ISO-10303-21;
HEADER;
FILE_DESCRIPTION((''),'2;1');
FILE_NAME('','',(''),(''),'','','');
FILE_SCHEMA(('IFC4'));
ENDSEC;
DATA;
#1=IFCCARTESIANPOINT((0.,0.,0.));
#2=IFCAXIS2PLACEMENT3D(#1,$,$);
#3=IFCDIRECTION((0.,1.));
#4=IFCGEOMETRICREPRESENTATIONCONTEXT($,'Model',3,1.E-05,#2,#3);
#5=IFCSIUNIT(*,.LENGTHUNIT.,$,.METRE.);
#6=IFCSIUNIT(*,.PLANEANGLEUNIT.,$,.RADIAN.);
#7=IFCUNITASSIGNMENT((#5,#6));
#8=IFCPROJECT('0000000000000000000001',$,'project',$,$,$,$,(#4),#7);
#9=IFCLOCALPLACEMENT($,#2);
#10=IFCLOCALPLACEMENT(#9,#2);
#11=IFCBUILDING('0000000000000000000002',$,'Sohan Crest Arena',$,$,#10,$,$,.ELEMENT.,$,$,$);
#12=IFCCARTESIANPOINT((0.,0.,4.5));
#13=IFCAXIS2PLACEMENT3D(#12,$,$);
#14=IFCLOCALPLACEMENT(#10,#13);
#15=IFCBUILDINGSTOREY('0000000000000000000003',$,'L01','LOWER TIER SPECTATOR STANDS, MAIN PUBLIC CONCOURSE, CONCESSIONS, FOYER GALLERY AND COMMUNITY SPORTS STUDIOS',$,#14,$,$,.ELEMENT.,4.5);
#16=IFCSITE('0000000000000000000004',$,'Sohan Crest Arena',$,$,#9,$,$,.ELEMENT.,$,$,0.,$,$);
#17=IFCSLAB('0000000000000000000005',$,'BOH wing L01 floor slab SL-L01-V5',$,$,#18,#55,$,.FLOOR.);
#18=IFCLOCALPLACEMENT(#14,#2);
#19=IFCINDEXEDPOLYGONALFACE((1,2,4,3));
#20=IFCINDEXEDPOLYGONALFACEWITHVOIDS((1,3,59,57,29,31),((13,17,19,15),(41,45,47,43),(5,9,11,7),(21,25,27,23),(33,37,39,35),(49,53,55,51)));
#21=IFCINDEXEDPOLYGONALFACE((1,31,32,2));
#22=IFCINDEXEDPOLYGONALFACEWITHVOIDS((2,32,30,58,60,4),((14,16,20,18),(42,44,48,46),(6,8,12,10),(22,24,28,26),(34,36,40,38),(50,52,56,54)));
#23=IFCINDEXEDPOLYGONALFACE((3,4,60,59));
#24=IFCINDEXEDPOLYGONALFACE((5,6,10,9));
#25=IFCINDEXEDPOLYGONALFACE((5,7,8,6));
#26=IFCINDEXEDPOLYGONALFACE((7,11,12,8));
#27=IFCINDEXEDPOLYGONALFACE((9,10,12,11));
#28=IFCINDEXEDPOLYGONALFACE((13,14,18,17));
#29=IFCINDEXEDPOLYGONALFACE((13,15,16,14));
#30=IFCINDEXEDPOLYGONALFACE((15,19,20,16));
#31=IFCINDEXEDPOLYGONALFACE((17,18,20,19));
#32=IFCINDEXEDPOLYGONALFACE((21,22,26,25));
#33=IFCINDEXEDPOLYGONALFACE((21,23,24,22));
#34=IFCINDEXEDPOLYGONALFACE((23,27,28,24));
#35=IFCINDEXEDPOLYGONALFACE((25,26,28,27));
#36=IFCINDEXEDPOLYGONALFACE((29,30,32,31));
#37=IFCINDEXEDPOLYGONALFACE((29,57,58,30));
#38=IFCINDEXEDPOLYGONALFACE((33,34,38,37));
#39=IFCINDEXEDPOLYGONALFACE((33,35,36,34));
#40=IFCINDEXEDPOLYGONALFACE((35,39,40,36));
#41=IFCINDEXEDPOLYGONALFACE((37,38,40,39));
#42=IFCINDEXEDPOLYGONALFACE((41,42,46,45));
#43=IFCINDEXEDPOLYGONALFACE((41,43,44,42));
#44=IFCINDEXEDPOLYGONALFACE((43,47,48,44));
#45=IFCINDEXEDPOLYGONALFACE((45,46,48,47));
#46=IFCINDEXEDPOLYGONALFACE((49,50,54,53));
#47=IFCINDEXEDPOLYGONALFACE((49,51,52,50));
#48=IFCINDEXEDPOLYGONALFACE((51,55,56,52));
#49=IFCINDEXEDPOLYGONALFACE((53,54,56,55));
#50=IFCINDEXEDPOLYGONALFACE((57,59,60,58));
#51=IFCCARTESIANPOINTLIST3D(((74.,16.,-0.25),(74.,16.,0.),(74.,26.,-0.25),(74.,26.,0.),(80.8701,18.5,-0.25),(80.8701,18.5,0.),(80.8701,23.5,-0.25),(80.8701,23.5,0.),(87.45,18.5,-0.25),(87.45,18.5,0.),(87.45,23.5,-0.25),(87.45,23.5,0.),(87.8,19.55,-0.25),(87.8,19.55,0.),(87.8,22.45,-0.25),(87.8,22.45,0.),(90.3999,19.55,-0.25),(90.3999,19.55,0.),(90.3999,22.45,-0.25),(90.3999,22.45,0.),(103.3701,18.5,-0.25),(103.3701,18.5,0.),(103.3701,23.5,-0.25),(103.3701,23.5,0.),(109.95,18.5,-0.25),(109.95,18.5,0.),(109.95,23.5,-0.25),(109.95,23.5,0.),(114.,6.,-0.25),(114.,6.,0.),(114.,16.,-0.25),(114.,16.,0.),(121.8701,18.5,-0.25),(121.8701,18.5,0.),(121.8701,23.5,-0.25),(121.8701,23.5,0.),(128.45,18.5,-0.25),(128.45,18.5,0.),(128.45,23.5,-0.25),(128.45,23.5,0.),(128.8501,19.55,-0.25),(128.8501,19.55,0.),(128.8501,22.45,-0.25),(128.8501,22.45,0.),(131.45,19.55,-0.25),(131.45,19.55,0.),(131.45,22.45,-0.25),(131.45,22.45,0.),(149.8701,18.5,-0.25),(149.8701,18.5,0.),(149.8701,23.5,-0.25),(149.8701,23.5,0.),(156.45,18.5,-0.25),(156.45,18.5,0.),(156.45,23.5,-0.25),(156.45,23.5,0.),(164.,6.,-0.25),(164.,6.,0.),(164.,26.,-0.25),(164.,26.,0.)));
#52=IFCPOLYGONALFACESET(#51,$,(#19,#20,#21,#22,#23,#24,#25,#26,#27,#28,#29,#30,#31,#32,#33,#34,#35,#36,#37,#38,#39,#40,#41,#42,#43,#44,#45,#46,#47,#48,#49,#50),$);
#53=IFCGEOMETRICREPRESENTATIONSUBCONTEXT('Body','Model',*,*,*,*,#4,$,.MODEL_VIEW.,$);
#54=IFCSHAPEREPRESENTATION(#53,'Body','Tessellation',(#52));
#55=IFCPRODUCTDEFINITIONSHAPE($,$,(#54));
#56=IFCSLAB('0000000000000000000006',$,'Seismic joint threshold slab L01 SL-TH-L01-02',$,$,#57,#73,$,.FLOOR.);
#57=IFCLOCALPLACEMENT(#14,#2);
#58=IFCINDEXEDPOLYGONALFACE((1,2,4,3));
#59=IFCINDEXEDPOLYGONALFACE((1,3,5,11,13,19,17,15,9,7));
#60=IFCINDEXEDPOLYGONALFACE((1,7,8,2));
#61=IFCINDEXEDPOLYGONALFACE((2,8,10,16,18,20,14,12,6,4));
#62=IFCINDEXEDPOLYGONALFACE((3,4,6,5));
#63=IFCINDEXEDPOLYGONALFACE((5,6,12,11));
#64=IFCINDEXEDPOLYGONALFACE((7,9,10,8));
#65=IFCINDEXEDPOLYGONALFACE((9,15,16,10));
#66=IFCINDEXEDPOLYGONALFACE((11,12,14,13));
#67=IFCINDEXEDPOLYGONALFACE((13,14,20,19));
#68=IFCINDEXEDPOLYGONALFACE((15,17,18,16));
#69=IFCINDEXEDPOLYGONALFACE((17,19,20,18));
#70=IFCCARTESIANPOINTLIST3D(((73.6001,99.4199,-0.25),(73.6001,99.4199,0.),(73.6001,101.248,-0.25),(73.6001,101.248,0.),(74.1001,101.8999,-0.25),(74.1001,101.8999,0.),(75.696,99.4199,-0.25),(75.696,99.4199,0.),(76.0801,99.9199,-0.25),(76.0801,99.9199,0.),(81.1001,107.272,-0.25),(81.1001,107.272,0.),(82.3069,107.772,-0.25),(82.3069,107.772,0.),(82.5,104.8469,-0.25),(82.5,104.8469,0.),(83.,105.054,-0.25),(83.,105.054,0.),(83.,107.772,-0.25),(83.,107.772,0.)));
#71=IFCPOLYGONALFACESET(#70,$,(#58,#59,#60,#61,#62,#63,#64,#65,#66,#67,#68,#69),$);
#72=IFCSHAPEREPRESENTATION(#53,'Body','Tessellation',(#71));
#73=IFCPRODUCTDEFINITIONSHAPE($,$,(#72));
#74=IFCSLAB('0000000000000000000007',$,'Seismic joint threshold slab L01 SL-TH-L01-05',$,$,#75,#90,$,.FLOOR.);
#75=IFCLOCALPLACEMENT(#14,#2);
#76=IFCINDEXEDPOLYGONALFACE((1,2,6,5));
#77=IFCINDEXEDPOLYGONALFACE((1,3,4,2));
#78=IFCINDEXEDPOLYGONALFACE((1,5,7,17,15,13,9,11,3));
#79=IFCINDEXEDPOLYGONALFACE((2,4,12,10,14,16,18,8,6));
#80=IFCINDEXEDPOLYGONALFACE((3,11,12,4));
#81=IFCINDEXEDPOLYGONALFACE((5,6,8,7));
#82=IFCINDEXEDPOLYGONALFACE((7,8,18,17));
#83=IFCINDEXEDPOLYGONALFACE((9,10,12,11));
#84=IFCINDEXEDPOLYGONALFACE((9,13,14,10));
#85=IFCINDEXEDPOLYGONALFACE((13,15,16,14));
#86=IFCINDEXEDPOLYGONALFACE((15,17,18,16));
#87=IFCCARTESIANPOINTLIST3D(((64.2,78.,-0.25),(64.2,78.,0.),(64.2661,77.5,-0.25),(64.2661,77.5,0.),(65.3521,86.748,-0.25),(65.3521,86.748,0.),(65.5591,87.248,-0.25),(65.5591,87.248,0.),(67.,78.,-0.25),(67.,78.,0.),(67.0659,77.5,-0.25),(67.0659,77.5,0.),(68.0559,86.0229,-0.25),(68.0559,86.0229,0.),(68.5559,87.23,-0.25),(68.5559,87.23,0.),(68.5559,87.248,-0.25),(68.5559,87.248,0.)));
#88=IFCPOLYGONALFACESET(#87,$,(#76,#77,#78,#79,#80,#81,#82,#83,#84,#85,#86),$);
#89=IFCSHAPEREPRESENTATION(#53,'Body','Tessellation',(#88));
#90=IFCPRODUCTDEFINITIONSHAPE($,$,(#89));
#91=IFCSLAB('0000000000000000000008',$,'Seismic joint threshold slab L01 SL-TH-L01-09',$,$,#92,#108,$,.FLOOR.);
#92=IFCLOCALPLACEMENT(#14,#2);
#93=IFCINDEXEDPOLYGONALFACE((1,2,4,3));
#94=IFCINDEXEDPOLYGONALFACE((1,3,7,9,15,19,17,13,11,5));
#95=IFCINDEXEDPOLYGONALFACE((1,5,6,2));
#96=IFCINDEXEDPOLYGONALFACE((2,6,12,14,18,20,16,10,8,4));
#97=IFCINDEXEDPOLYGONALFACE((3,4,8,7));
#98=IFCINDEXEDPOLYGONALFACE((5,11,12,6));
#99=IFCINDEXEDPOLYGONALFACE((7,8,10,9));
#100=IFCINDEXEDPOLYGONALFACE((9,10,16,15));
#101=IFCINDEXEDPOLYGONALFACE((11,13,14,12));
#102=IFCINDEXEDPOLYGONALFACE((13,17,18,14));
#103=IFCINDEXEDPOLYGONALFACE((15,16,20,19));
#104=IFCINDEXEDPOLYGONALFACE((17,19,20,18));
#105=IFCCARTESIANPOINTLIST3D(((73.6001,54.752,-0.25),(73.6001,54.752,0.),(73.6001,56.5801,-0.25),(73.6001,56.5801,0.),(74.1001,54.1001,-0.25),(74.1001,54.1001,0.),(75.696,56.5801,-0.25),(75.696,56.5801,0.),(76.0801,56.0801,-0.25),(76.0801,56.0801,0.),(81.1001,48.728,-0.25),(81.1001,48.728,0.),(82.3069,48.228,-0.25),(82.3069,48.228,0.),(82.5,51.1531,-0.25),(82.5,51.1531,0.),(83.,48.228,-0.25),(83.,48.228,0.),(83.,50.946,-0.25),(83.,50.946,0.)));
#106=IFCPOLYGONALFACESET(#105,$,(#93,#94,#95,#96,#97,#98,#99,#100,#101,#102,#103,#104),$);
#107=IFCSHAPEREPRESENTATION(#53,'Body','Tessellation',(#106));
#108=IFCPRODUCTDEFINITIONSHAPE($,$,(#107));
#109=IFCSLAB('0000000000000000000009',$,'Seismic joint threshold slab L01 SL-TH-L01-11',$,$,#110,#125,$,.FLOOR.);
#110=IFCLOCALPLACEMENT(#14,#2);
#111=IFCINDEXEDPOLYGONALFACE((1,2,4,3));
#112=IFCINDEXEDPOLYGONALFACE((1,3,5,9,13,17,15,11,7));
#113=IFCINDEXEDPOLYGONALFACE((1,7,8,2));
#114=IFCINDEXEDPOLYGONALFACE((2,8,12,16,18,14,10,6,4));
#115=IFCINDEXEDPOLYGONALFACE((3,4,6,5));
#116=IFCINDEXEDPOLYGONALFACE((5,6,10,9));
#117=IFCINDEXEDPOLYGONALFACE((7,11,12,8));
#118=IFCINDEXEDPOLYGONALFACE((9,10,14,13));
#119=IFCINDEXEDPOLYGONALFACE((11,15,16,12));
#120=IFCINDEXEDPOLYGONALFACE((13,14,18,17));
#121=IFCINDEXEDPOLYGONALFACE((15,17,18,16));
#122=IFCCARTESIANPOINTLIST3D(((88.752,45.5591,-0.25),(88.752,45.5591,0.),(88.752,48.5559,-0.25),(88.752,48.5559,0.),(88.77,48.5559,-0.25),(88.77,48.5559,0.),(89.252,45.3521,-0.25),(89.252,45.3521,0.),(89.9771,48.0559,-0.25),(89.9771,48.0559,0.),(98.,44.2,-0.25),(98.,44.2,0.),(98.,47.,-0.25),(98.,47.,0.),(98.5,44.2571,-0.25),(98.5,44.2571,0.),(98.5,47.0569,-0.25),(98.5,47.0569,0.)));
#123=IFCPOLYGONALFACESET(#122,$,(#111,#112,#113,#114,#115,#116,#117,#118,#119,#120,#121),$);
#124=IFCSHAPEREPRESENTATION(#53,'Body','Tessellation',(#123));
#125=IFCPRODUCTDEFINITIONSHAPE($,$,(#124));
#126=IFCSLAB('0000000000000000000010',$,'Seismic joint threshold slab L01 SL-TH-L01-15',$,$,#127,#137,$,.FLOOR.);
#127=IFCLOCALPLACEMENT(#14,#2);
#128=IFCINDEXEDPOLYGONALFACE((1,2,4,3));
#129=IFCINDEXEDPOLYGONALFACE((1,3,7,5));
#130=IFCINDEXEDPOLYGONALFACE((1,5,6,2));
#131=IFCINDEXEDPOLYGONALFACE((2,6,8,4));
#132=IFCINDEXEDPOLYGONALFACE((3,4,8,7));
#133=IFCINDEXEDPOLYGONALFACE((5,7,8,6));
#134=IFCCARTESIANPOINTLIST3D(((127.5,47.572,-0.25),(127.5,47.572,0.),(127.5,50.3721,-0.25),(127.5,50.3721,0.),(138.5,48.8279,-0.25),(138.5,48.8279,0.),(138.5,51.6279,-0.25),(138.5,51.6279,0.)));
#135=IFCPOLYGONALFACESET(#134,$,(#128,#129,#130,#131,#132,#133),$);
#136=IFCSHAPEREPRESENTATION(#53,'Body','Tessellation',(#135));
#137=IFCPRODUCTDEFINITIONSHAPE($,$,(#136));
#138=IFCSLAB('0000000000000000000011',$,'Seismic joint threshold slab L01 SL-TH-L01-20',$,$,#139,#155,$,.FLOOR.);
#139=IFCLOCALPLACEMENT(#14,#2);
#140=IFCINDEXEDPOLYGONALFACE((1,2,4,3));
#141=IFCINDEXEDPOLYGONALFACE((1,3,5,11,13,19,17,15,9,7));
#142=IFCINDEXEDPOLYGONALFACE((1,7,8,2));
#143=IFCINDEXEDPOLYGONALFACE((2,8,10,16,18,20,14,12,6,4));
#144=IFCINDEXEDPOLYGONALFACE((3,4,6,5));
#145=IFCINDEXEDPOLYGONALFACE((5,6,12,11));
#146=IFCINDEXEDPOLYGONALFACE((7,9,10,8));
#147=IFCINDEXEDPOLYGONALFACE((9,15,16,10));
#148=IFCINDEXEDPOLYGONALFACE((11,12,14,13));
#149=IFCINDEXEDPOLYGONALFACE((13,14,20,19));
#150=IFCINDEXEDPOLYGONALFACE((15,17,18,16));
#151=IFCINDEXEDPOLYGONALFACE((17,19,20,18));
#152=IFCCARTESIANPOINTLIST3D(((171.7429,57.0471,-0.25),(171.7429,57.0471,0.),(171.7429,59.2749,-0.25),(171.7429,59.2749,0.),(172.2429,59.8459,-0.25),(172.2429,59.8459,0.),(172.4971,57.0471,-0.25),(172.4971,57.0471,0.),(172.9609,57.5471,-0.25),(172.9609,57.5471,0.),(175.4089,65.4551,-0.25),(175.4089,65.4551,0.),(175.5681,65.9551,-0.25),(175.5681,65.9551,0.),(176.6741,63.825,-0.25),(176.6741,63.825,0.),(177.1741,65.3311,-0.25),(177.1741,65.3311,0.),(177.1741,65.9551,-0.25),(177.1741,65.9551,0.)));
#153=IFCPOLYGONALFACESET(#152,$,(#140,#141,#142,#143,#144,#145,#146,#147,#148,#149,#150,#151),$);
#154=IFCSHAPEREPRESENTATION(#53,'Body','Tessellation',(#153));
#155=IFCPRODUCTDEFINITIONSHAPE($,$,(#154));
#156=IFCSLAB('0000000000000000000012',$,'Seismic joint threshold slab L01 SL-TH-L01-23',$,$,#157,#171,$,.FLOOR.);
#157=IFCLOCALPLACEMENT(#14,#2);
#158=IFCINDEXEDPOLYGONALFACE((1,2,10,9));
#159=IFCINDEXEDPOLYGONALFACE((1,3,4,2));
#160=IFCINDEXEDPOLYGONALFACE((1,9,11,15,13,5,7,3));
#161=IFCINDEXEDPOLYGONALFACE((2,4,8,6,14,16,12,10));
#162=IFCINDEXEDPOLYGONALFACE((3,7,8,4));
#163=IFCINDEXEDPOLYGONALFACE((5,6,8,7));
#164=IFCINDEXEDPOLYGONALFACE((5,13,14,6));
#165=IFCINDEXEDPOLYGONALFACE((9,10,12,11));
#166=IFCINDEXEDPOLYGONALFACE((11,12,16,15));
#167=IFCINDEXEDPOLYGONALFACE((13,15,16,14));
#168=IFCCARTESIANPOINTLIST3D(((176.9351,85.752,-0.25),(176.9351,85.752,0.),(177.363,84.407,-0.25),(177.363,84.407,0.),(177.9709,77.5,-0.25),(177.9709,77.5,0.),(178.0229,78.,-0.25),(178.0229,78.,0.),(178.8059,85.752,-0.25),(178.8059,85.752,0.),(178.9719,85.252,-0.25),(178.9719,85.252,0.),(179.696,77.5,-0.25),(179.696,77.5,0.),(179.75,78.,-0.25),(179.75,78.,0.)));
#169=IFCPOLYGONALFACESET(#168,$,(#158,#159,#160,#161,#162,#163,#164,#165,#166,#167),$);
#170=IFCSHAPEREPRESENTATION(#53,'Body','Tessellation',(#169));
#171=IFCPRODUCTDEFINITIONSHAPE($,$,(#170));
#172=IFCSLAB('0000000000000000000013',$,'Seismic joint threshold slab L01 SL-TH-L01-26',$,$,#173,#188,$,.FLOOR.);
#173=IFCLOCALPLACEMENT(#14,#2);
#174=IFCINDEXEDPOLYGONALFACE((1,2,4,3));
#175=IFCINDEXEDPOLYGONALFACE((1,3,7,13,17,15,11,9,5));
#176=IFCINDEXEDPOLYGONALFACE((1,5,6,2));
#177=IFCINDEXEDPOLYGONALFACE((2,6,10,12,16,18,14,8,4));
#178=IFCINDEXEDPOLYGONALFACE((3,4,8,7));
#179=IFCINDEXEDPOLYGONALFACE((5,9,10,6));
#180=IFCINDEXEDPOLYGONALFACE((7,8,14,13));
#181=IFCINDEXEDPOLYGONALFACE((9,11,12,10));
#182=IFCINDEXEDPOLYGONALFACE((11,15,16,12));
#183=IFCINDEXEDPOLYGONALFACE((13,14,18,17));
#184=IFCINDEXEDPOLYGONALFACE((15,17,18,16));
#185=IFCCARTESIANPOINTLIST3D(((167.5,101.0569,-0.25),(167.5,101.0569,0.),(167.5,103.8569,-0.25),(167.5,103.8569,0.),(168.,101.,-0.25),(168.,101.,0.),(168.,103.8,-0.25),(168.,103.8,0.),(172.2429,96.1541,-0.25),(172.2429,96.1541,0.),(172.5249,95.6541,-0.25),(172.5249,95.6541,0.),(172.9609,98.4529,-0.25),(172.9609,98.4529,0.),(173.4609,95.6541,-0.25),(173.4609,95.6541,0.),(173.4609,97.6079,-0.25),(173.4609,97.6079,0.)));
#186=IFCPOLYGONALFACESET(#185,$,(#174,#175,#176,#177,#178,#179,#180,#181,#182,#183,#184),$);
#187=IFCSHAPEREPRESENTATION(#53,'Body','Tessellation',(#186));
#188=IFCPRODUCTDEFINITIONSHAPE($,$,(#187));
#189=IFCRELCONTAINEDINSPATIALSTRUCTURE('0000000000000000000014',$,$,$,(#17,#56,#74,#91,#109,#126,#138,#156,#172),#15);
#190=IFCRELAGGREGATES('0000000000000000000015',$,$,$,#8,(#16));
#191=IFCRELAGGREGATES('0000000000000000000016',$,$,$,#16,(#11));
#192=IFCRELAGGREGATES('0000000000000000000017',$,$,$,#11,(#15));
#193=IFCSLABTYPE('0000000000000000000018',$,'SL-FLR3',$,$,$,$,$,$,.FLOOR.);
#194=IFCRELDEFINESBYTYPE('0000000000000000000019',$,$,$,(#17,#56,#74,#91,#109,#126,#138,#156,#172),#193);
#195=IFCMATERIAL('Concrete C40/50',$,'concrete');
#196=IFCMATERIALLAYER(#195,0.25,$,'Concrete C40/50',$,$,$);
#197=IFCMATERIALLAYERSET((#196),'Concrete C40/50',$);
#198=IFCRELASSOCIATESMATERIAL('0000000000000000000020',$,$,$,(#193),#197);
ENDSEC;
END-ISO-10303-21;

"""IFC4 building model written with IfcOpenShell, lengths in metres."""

from ifc_helpers import new_model, si_unit, direction, frame, origin, place, context, subcontext, project, spatial, polyline, outline, extrude, material, layer, layer_set, type_object, element, save


model = new_model("IFC4")

# Units and contexts
model_context = context("Model", 3, precision=1e-05, world=origin(), true_north=direction((0.0, 1.0)))
body_context = subcontext(model_context, "Body", "Model", "MODEL_VIEW")
ifc_project = project(units=[si_unit("LENGTHUNIT", "METRE"), si_unit("PLANEANGLEUNIT", "RADIAN")], contexts=[model_context])

# Site, building, storey
site_placement = place(None, origin())
site = spatial("IfcSite", under=ifc_project, at=site_placement, Name="Sohan Crest Arena", CompositionType="ELEMENT", RefElevation=0.0)
building_placement = place(site_placement, origin())
building = spatial("IfcBuilding", under=site, at=building_placement, Name="Sohan Crest Arena", CompositionType="ELEMENT")
storey_placement = place(building_placement, frame((0.0, 0.0, 4.5)))
storey = spatial("IfcBuildingStorey", under=building, at=storey_placement, Name="L01", Description="LOWER TIER SPECTATOR STANDS, MAIN PUBLIC CONCOURSE, CONCESSIONS, FOYER GALLERY AND COMMUNITY SPORTS STUDIOS", CompositionType="ELEMENT", Elevation=4.5)

# Slabs
ifc_material_1 = material(Name="Concrete C40/50", Category="concrete")
ifc_layer_1 = layer(ifc_material_1, 0.25, Name="Concrete C40/50")
ifc_layer_set_1 = layer_set([ifc_layer_1], Name="Concrete C40/50")
slab_type_1 = type_object("IfcSlabType", Name="SL-FLR3", PredefinedType="FLOOR", material=ifc_layer_set_1)
slab_1_placement = place(storey_placement, frame((0.0, 0.0, -0.25)))
element("IfcSlab", 1, at=slab_1_placement, inside=storey, type_object=slab_type_1, Name="BOH wing L01 floor slab SL-L01-V5", PredefinedType="FLOOR", context=body_context, shape_type="SweptSolid", body=[
    extrude(outline(polyline([(74.0, 16.0), (74.0, 26.0), (164.0, 26.0), (164.0, 6.0), (114.0, 6.0), (114.0, 16.0), (74.0, 16.0)]), holes=[polyline([(149.8701, 23.5), (149.8701, 18.5), (156.45, 18.5), (156.45, 23.5), (149.8701, 23.5)]), polyline([(109.95, 23.5), (103.3701, 23.5), (103.3701, 18.5), (109.95, 18.5), (109.95, 23.5)]), polyline([(87.45, 18.5), (87.45, 23.5), (80.8701, 23.5), (80.8701, 18.5), (87.45, 18.5)]), polyline([(87.8, 19.55), (90.3999, 19.55), (90.3999, 22.45), (87.8, 22.45), (87.8, 19.55)]), polyline([(121.8701, 23.5), (121.8701, 18.5), (128.45, 18.5), (128.45, 23.5), (121.8701, 23.5)]), polyline([(131.45, 22.45), (128.8501, 22.45), (128.8501, 19.55), (131.45, 19.55), (131.45, 22.45)])]), origin(), (0.0, 0.0, 1.0), 0.25),
])
slab_2_placement = place(storey_placement, frame((0.0, 0.0, -0.25)))
element("IfcSlab", 2, at=slab_2_placement, inside=storey, type_object=slab_type_1, Name="Seismic joint threshold slab L01 SL-TH-L01-02", PredefinedType="FLOOR", context=body_context, shape_type="SweptSolid", body=[
    extrude(outline(polyline([(74.1001, 101.8999), (81.1001, 107.272), (82.3069, 107.772), (83.0, 107.772), (83.0, 105.054), (82.5, 104.8469), (76.0801, 99.9199), (75.696, 99.4199), (73.6001, 99.4199), (73.6001, 101.248), (74.1001, 101.8999)])), origin(), (0.0, 0.0, 1.0), 0.25),
])
slab_3_placement = place(storey_placement, frame((0.0, 0.0, -0.25)))
element("IfcSlab", 3, at=slab_3_placement, inside=storey, type_object=slab_type_1, Name="Seismic joint threshold slab L01 SL-TH-L01-05", PredefinedType="FLOOR", context=body_context, shape_type="SweptSolid", body=[
    extrude(outline(polyline([(64.2, 78.0), (65.3521, 86.748), (65.5591, 87.248), (68.5559, 87.248), (68.5559, 87.23), (68.0559, 86.0229), (67.0, 78.0), (67.0659, 77.5), (64.2661, 77.5), (64.2, 78.0)])), origin(), (0.0, 0.0, 1.0), 0.25),
])
slab_4_placement = place(storey_placement, frame((0.0, 0.0, -0.25)))
element("IfcSlab", 4, at=slab_4_placement, inside=storey, type_object=slab_type_1, Name="Seismic joint threshold slab L01 SL-TH-L01-09", PredefinedType="FLOOR", context=body_context, shape_type="SweptSolid", body=[
    extrude(outline(polyline([(81.1001, 48.728), (74.1001, 54.1001), (73.6001, 54.752), (73.6001, 56.5801), (75.696, 56.5801), (76.0801, 56.0801), (82.5, 51.1531), (83.0, 50.946), (83.0, 48.228), (82.3069, 48.228), (81.1001, 48.728)])), origin(), (0.0, 0.0, 1.0), 0.25),
])
slab_5_placement = place(storey_placement, frame((0.0, 0.0, -0.25)))
element("IfcSlab", 5, at=slab_5_placement, inside=storey, type_object=slab_type_1, Name="Seismic joint threshold slab L01 SL-TH-L01-11", PredefinedType="FLOOR", context=body_context, shape_type="SweptSolid", body=[
    extrude(outline(polyline([(98.0, 44.2), (89.252, 45.3521), (88.752, 45.5591), (88.752, 48.5559), (88.77, 48.5559), (89.9771, 48.0559), (98.0, 47.0), (98.5, 47.0569), (98.5, 44.2571), (98.0, 44.2)])), origin(), (0.0, 0.0, 1.0), 0.25),
])
slab_6_placement = place(storey_placement, frame((0.0, 0.0, -0.25)))
element("IfcSlab", 6, at=slab_6_placement, inside=storey, type_object=slab_type_1, Name="Seismic joint threshold slab L01 SL-TH-L01-15", PredefinedType="FLOOR", context=body_context, shape_type="SweptSolid", body=[
    extrude(outline(polyline([(138.5, 48.8279), (127.5, 47.572), (127.5, 50.3721), (138.5, 51.6279), (138.5, 48.8279)])), origin(), (0.0, 0.0, 1.0), 0.25),
])
slab_7_placement = place(storey_placement, frame((0.0, 0.0, -0.25)))
element("IfcSlab", 7, at=slab_7_placement, inside=storey, type_object=slab_type_1, Name="Seismic joint threshold slab L01 SL-TH-L01-20", PredefinedType="FLOOR", context=body_context, shape_type="SweptSolid", body=[
    extrude(outline(polyline([(176.6741, 63.825), (172.9609, 57.5471), (172.4971, 57.0471), (171.7429, 57.0471), (171.7429, 59.2749), (172.2429, 59.8459), (175.4089, 65.4551), (175.5681, 65.9551), (177.1741, 65.9551), (177.1741, 65.3311), (176.6741, 63.825)])), origin(), (0.0, 0.0, 1.0), 0.25),
])
slab_8_placement = place(storey_placement, frame((0.0, 0.0, -0.25)))
element("IfcSlab", 8, at=slab_8_placement, inside=storey, type_object=slab_type_1, Name="Seismic joint threshold slab L01 SL-TH-L01-23", PredefinedType="FLOOR", context=body_context, shape_type="SweptSolid", body=[
    extrude(outline(polyline([(178.9719, 85.252), (179.75, 78.0), (179.696, 77.5), (177.9709, 77.5), (178.0229, 78.0), (177.363, 84.407), (176.9351, 85.752), (178.8059, 85.752), (178.9719, 85.252)])), origin(), (0.0, 0.0, 1.0), 0.25),
])
slab_9_placement = place(storey_placement, frame((0.0, 0.0, -0.25)))
element("IfcSlab", 9, at=slab_9_placement, inside=storey, type_object=slab_type_1, Name="Seismic joint threshold slab L01 SL-TH-L01-26", PredefinedType="FLOOR", context=body_context, shape_type="SweptSolid", body=[
    extrude(outline(polyline([(168.0, 103.8), (172.9609, 98.4529), (173.4609, 97.6079), (173.4609, 95.6541), (172.5249, 95.6541), (172.2429, 96.1541), (168.0, 101.0), (167.5, 101.0569), (167.5, 103.8569), (168.0, 103.8)])), origin(), (0.0, 0.0, 1.0), 0.25),
])

save(model, "model.ifc")
